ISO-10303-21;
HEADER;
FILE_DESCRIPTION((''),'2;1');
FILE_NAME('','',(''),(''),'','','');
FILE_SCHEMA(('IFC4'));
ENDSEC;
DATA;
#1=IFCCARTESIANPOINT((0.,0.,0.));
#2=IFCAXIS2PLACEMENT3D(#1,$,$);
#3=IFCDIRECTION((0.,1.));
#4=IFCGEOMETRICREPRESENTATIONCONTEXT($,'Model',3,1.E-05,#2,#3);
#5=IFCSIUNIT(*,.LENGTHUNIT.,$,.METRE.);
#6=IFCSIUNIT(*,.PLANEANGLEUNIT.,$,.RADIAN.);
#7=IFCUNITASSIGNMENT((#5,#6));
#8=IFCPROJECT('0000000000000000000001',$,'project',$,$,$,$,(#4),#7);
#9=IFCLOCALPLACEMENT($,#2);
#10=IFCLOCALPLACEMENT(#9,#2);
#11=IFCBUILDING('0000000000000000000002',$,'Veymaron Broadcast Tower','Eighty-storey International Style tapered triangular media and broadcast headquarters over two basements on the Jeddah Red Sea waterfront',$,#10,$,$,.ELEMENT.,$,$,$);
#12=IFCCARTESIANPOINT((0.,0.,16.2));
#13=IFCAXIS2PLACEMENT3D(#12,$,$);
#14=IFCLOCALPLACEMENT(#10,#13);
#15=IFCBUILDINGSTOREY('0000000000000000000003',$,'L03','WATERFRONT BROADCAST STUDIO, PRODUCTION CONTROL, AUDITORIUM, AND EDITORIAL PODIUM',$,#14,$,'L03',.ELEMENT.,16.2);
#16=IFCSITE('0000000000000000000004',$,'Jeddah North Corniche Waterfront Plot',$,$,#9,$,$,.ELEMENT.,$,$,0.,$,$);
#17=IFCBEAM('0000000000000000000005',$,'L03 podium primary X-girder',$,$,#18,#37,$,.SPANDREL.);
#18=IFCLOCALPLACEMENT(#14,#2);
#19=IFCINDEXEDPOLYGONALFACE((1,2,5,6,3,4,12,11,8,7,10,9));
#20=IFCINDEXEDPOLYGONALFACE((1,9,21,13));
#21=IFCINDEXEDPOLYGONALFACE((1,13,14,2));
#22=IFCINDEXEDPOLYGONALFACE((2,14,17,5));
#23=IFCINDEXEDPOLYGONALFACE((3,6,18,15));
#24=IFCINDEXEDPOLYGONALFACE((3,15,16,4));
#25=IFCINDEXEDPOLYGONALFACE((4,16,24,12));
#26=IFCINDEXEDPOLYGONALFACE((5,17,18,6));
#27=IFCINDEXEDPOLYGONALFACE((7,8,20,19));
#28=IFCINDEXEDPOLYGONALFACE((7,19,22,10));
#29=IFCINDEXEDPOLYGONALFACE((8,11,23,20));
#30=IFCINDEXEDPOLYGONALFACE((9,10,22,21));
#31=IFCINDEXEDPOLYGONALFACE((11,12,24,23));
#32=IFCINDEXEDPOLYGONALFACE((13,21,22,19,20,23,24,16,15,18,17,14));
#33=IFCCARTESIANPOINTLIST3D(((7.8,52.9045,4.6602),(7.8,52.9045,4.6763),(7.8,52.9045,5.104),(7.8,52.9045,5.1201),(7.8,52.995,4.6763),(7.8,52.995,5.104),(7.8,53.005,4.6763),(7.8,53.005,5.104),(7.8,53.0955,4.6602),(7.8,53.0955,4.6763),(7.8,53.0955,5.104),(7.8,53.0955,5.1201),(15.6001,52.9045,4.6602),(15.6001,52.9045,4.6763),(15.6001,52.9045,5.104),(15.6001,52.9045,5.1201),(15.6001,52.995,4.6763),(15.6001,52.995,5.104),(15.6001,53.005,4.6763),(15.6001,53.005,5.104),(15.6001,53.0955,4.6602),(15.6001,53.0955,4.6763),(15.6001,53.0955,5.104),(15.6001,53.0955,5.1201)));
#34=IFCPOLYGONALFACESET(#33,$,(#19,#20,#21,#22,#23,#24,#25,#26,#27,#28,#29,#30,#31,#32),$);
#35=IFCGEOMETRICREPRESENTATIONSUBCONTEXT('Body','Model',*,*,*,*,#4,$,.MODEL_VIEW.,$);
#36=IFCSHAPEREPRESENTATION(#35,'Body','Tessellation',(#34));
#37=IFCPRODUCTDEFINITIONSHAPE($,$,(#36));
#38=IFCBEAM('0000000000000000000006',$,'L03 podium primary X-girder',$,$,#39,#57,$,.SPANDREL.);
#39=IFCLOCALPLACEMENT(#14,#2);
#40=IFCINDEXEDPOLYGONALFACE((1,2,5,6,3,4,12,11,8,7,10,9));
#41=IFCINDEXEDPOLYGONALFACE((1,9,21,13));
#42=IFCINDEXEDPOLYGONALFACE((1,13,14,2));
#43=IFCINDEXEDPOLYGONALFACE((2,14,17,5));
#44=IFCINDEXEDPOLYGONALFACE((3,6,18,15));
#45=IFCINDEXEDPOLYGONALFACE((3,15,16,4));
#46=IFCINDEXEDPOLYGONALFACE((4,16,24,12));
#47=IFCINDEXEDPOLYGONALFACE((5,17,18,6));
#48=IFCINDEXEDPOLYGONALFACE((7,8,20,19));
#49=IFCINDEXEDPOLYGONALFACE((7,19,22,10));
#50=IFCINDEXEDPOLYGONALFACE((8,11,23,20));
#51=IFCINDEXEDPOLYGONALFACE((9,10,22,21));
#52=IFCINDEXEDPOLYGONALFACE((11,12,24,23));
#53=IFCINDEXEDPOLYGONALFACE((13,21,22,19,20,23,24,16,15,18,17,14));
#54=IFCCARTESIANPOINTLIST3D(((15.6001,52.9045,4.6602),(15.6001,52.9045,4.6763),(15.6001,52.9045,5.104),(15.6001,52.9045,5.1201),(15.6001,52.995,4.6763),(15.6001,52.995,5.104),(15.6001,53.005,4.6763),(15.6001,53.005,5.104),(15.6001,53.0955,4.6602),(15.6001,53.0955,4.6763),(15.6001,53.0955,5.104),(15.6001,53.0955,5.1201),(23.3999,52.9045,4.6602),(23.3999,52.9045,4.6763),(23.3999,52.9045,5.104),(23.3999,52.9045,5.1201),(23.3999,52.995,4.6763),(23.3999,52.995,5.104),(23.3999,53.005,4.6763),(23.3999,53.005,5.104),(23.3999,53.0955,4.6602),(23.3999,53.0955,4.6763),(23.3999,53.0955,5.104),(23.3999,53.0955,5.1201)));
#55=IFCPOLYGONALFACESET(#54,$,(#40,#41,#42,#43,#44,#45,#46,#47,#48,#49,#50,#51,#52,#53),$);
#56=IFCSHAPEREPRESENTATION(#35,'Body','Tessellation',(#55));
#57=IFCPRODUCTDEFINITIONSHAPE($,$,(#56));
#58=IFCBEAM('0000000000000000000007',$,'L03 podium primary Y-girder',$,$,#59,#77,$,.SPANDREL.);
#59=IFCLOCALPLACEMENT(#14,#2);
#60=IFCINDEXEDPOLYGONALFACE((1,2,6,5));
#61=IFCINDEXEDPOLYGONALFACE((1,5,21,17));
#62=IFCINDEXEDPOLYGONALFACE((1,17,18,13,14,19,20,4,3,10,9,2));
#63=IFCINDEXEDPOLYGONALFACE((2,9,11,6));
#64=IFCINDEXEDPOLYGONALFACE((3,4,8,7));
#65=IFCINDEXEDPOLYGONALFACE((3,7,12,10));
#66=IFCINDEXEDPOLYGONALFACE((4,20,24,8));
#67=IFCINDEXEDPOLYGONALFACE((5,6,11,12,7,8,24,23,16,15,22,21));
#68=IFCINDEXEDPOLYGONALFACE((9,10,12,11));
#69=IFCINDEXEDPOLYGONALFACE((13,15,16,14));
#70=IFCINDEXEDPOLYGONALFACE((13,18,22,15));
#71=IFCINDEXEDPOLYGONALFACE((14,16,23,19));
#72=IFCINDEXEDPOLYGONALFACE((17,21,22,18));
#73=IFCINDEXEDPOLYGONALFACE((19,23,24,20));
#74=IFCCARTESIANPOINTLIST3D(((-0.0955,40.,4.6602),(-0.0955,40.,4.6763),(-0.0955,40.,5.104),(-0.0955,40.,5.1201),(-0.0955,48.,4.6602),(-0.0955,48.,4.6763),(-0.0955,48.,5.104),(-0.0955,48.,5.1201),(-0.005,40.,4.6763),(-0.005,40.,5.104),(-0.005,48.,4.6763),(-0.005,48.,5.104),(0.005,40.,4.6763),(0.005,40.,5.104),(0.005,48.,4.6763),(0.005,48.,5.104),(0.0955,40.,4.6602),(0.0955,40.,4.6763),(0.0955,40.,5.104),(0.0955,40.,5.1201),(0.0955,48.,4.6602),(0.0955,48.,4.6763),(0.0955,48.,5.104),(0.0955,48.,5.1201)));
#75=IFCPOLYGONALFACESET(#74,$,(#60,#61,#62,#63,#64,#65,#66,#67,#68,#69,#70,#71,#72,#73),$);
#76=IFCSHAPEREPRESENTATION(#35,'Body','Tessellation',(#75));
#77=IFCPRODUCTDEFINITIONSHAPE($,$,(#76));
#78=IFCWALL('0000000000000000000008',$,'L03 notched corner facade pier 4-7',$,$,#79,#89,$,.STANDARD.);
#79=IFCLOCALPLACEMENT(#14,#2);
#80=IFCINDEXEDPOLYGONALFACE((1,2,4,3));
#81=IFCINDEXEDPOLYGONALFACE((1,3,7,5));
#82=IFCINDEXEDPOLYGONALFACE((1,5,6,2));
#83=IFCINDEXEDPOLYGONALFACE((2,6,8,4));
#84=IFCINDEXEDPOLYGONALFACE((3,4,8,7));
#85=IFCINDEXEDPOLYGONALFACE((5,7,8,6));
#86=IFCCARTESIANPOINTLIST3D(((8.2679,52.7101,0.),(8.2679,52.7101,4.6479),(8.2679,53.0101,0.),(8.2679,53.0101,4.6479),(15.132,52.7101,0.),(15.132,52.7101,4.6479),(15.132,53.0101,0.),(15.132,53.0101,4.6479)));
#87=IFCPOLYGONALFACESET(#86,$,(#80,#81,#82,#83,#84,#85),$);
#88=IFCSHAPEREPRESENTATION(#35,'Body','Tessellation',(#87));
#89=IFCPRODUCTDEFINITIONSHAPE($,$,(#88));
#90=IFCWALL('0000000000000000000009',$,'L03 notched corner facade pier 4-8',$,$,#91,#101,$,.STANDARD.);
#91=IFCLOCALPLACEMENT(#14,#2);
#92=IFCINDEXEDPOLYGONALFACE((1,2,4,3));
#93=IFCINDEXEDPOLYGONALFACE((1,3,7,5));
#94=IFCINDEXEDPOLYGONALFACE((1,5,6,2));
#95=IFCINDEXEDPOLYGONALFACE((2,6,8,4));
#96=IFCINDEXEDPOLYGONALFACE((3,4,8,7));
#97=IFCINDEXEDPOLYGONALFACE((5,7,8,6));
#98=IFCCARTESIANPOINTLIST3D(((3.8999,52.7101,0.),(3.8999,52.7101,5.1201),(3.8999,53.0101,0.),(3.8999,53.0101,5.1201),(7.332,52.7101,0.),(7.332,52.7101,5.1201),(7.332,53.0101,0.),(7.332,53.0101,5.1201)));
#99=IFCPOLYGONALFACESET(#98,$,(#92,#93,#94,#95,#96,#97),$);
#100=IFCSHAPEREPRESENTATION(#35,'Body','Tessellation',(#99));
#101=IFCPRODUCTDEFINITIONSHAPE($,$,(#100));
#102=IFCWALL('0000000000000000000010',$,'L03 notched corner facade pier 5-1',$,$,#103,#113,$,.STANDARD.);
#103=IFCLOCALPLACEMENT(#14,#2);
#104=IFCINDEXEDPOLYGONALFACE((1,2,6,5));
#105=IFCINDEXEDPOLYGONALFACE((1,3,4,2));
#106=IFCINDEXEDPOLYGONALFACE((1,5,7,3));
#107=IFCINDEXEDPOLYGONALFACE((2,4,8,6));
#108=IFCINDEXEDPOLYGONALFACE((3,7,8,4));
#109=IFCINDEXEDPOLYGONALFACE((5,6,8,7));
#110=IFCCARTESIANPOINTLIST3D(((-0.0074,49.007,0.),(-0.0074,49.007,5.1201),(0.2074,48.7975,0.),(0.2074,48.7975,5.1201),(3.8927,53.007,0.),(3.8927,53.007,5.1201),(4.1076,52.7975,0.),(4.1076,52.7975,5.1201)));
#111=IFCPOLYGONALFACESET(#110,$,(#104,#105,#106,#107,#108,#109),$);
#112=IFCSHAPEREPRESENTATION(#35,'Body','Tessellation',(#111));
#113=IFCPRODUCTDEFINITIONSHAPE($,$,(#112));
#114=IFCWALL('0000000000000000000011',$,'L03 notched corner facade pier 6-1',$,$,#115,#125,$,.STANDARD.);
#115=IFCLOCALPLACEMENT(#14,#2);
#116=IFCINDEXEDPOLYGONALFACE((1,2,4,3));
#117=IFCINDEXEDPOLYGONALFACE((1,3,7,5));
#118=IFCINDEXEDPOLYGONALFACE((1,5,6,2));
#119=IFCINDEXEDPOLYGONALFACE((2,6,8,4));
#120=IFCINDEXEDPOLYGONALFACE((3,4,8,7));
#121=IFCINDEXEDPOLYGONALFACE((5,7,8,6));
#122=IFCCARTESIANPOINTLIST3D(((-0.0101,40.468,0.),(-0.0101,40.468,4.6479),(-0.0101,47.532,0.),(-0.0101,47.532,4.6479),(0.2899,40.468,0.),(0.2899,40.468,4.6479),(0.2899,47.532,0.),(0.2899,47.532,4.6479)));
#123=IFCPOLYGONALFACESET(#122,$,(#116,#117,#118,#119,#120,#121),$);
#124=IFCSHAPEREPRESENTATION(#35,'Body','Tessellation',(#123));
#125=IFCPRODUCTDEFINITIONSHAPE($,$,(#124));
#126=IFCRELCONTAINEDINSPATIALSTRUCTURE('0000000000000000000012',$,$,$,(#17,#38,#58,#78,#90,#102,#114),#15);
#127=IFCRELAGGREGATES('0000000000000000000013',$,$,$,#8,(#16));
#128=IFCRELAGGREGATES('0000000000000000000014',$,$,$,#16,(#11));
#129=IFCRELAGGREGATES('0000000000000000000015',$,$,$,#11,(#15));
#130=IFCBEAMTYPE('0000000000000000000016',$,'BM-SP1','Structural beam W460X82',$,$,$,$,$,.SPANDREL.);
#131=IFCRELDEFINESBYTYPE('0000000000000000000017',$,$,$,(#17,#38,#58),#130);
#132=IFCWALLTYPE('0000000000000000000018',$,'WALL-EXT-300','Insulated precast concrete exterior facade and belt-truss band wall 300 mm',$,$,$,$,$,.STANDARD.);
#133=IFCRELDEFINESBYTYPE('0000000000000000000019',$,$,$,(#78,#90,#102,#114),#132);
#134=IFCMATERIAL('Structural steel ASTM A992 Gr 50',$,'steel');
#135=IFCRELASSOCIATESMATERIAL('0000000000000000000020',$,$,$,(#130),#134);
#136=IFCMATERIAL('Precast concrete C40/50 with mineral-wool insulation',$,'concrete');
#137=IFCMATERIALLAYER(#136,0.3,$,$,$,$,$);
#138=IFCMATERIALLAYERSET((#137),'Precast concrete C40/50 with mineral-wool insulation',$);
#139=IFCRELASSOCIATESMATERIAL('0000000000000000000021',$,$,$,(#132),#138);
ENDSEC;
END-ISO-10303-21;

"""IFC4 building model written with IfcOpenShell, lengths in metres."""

from ifc_helpers import new_model, si_unit, direction, frame, frame_2d, origin, origin_2d, place, context, subcontext, project, spatial, rectangle, i_section, extrude, material, layer, layer_set, material_profile, profile_set, type_object, element, save


model = new_model("IFC4")

# Units and contexts
model_context = context("Model", 3, precision=1e-05, world=origin(), true_north=direction((0.0, 1.0)))
body_context = subcontext(model_context, "Body", "Model", "MODEL_VIEW")
ifc_project = project(units=[si_unit("LENGTHUNIT", "METRE"), si_unit("PLANEANGLEUNIT", "RADIAN")], contexts=[model_context])

# Site, building, storey
site_placement = place(None, origin())
site = spatial("IfcSite", under=ifc_project, at=site_placement, Name="Jeddah North Corniche Waterfront Plot", CompositionType="ELEMENT", RefElevation=0.0)
building_placement = place(site_placement, origin())
building = spatial("IfcBuilding", under=site, at=building_placement, Name="Veymaron Broadcast Tower", Description="Eighty-storey International Style tapered triangular media and broadcast headquarters over two basements on the Jeddah Red Sea waterfront", CompositionType="ELEMENT")
storey_placement = place(building_placement, frame((0.0, 0.0, 16.2)))
storey = spatial("IfcBuildingStorey", under=building, at=storey_placement, Name="L03", Description="WATERFRONT BROADCAST STUDIO, PRODUCTION CONTROL, AUDITORIUM, AND EDITORIAL PODIUM", LongName="L03", CompositionType="ELEMENT", Elevation=16.2)

# Beams
ifc_material_1 = material(Name="Structural steel ASTM A992 Gr 50", Category="steel")
ifc_material_profile_1 = material_profile(ifc_material_1, i_section(OverallWidth=0.1909, OverallDepth=0.46, WebThickness=0.01, FlangeThickness=0.0161, at=origin_2d()), Name="W460X82")
ifc_profile_set_1 = profile_set([ifc_material_profile_1], Name="Structural steel ASTM A992 Gr 50")
beam_type_1 = type_object("IfcBeamType", Name="BM-SP1", Description="Structural beam W460X82", PredefinedType="SPANDREL", material=ifc_profile_set_1)
beam_1_placement = place(storey_placement, frame((7.8, 53.0, 4.8901), z_axis=(1.0, 0.0, 0.0), x_axis=(0.0, 1.0, 0.0)))
element("IfcBeam", 1, at=beam_1_placement, inside=storey, type_object=beam_type_1, Name="L03 podium primary X-girder", PredefinedType="SPANDREL", context=body_context, shape_type="SweptSolid", body=[
    extrude(i_section(OverallWidth=0.1909, OverallDepth=0.46, WebThickness=0.01, FlangeThickness=0.0161, at=origin_2d()), origin(), (0.0, 0.0, 1.0), 7.8),
])
beam_2_placement = place(storey_placement, frame((15.6001, 53.0, 4.8901), z_axis=(1.0, 0.0, 0.0), x_axis=(0.0, 1.0, 0.0)))
element("IfcBeam", 2, at=beam_2_placement, inside=storey, type_object=beam_type_1, Name="L03 podium primary X-girder", PredefinedType="SPANDREL", context=body_context, shape_type="SweptSolid", body=[
    extrude(i_section(OverallWidth=0.1909, OverallDepth=0.46, WebThickness=0.01, FlangeThickness=0.0161, at=origin_2d()), origin(), (0.0, 0.0, 1.0), 7.7998),
])
beam_3_placement = place(storey_placement, frame((0.0, 40.0, 4.8901), z_axis=(0.0, 1.0, 0.0), x_axis=(-1.0, 0.0, 0.0)))
element("IfcBeam", 3, at=beam_3_placement, inside=storey, type_object=beam_type_1, Name="L03 podium primary Y-girder", PredefinedType="SPANDREL", context=body_context, shape_type="SweptSolid", body=[
    extrude(i_section(OverallWidth=0.1909, OverallDepth=0.46, WebThickness=0.01, FlangeThickness=0.0161, at=origin_2d()), origin(), (0.0, 0.0, 1.0), 8.0),
])

# Walls
ifc_material_2 = material(Name="Precast concrete C40/50 with mineral-wool insulation", Category="concrete")
ifc_layer = layer(ifc_material_2, 0.3)
ifc_layer_set = layer_set([ifc_layer], Name="Precast concrete C40/50 with mineral-wool insulation")
wall_type = type_object("IfcWallType", Name="WALL-EXT-300", Description="Insulated precast concrete exterior facade and belt-truss band wall 300 mm", PredefinedType="STANDARD", material=ifc_layer_set)
wall_1_placement = place(storey_placement, frame((15.1321, 52.8601, 0.0), z_axis=(0.0, 0.0, 1.0), x_axis=(-1.0, 0.0, 0.0)))
element("IfcWall", 4, at=wall_1_placement, inside=storey, type_object=wall_type, Name="L03 notched corner facade pier 4-7", PredefinedType="STANDARD", context=body_context, shape_type="SweptSolid", body=[
    extrude(rectangle(XDim=6.864, YDim=0.3, at=frame_2d((3.4321, 0.0))), origin(), (0.0, 0.0, 1.0), 4.6479),
])
wall_2_placement = place(storey_placement, frame((7.332, 52.8601, 0.0), z_axis=(0.0, 0.0, 1.0), x_axis=(-1.0, 0.0, 0.0)))
element("IfcWall", 5, at=wall_2_placement, inside=storey, type_object=wall_type, Name="L03 notched corner facade pier 4-8", PredefinedType="STANDARD", context=body_context, shape_type="SweptSolid", body=[
    extrude(rectangle(XDim=3.4321, YDim=0.3, at=frame_2d((1.7161, 0.0))), origin(), (0.0, 0.0, 1.0), 5.1201),
])
wall_3_placement = place(storey_placement, frame((4.0002, 52.9023, 0.0), z_axis=(0.0, 0.0, 1.0), x_axis=(-0.698114, -0.715987, 0.0)))
element("IfcWall", 6, at=wall_3_placement, inside=storey, type_object=wall_type, Name="L03 notched corner facade pier 5-1", PredefinedType="STANDARD", context=body_context, shape_type="SweptSolid", body=[
    extrude(rectangle(XDim=5.5867, YDim=0.3, at=frame_2d((2.7935, 0.0))), origin(), (0.0, 0.0, 1.0), 5.1201),
])
wall_4_placement = place(storey_placement, frame((0.1399, 47.532, 0.0), z_axis=(0.0, 0.0, 1.0), x_axis=(0.0, -1.0, 0.0)))
element("IfcWall", 7, at=wall_4_placement, inside=storey, type_object=wall_type, Name="L03 notched corner facade pier 6-1", PredefinedType="STANDARD", context=body_context, shape_type="SweptSolid", body=[
    extrude(rectangle(XDim=7.064, YDim=0.3, at=frame_2d((3.532, 0.0))), origin(), (0.0, 0.0, 1.0), 4.6479),
])

save(model, "model.ifc")
